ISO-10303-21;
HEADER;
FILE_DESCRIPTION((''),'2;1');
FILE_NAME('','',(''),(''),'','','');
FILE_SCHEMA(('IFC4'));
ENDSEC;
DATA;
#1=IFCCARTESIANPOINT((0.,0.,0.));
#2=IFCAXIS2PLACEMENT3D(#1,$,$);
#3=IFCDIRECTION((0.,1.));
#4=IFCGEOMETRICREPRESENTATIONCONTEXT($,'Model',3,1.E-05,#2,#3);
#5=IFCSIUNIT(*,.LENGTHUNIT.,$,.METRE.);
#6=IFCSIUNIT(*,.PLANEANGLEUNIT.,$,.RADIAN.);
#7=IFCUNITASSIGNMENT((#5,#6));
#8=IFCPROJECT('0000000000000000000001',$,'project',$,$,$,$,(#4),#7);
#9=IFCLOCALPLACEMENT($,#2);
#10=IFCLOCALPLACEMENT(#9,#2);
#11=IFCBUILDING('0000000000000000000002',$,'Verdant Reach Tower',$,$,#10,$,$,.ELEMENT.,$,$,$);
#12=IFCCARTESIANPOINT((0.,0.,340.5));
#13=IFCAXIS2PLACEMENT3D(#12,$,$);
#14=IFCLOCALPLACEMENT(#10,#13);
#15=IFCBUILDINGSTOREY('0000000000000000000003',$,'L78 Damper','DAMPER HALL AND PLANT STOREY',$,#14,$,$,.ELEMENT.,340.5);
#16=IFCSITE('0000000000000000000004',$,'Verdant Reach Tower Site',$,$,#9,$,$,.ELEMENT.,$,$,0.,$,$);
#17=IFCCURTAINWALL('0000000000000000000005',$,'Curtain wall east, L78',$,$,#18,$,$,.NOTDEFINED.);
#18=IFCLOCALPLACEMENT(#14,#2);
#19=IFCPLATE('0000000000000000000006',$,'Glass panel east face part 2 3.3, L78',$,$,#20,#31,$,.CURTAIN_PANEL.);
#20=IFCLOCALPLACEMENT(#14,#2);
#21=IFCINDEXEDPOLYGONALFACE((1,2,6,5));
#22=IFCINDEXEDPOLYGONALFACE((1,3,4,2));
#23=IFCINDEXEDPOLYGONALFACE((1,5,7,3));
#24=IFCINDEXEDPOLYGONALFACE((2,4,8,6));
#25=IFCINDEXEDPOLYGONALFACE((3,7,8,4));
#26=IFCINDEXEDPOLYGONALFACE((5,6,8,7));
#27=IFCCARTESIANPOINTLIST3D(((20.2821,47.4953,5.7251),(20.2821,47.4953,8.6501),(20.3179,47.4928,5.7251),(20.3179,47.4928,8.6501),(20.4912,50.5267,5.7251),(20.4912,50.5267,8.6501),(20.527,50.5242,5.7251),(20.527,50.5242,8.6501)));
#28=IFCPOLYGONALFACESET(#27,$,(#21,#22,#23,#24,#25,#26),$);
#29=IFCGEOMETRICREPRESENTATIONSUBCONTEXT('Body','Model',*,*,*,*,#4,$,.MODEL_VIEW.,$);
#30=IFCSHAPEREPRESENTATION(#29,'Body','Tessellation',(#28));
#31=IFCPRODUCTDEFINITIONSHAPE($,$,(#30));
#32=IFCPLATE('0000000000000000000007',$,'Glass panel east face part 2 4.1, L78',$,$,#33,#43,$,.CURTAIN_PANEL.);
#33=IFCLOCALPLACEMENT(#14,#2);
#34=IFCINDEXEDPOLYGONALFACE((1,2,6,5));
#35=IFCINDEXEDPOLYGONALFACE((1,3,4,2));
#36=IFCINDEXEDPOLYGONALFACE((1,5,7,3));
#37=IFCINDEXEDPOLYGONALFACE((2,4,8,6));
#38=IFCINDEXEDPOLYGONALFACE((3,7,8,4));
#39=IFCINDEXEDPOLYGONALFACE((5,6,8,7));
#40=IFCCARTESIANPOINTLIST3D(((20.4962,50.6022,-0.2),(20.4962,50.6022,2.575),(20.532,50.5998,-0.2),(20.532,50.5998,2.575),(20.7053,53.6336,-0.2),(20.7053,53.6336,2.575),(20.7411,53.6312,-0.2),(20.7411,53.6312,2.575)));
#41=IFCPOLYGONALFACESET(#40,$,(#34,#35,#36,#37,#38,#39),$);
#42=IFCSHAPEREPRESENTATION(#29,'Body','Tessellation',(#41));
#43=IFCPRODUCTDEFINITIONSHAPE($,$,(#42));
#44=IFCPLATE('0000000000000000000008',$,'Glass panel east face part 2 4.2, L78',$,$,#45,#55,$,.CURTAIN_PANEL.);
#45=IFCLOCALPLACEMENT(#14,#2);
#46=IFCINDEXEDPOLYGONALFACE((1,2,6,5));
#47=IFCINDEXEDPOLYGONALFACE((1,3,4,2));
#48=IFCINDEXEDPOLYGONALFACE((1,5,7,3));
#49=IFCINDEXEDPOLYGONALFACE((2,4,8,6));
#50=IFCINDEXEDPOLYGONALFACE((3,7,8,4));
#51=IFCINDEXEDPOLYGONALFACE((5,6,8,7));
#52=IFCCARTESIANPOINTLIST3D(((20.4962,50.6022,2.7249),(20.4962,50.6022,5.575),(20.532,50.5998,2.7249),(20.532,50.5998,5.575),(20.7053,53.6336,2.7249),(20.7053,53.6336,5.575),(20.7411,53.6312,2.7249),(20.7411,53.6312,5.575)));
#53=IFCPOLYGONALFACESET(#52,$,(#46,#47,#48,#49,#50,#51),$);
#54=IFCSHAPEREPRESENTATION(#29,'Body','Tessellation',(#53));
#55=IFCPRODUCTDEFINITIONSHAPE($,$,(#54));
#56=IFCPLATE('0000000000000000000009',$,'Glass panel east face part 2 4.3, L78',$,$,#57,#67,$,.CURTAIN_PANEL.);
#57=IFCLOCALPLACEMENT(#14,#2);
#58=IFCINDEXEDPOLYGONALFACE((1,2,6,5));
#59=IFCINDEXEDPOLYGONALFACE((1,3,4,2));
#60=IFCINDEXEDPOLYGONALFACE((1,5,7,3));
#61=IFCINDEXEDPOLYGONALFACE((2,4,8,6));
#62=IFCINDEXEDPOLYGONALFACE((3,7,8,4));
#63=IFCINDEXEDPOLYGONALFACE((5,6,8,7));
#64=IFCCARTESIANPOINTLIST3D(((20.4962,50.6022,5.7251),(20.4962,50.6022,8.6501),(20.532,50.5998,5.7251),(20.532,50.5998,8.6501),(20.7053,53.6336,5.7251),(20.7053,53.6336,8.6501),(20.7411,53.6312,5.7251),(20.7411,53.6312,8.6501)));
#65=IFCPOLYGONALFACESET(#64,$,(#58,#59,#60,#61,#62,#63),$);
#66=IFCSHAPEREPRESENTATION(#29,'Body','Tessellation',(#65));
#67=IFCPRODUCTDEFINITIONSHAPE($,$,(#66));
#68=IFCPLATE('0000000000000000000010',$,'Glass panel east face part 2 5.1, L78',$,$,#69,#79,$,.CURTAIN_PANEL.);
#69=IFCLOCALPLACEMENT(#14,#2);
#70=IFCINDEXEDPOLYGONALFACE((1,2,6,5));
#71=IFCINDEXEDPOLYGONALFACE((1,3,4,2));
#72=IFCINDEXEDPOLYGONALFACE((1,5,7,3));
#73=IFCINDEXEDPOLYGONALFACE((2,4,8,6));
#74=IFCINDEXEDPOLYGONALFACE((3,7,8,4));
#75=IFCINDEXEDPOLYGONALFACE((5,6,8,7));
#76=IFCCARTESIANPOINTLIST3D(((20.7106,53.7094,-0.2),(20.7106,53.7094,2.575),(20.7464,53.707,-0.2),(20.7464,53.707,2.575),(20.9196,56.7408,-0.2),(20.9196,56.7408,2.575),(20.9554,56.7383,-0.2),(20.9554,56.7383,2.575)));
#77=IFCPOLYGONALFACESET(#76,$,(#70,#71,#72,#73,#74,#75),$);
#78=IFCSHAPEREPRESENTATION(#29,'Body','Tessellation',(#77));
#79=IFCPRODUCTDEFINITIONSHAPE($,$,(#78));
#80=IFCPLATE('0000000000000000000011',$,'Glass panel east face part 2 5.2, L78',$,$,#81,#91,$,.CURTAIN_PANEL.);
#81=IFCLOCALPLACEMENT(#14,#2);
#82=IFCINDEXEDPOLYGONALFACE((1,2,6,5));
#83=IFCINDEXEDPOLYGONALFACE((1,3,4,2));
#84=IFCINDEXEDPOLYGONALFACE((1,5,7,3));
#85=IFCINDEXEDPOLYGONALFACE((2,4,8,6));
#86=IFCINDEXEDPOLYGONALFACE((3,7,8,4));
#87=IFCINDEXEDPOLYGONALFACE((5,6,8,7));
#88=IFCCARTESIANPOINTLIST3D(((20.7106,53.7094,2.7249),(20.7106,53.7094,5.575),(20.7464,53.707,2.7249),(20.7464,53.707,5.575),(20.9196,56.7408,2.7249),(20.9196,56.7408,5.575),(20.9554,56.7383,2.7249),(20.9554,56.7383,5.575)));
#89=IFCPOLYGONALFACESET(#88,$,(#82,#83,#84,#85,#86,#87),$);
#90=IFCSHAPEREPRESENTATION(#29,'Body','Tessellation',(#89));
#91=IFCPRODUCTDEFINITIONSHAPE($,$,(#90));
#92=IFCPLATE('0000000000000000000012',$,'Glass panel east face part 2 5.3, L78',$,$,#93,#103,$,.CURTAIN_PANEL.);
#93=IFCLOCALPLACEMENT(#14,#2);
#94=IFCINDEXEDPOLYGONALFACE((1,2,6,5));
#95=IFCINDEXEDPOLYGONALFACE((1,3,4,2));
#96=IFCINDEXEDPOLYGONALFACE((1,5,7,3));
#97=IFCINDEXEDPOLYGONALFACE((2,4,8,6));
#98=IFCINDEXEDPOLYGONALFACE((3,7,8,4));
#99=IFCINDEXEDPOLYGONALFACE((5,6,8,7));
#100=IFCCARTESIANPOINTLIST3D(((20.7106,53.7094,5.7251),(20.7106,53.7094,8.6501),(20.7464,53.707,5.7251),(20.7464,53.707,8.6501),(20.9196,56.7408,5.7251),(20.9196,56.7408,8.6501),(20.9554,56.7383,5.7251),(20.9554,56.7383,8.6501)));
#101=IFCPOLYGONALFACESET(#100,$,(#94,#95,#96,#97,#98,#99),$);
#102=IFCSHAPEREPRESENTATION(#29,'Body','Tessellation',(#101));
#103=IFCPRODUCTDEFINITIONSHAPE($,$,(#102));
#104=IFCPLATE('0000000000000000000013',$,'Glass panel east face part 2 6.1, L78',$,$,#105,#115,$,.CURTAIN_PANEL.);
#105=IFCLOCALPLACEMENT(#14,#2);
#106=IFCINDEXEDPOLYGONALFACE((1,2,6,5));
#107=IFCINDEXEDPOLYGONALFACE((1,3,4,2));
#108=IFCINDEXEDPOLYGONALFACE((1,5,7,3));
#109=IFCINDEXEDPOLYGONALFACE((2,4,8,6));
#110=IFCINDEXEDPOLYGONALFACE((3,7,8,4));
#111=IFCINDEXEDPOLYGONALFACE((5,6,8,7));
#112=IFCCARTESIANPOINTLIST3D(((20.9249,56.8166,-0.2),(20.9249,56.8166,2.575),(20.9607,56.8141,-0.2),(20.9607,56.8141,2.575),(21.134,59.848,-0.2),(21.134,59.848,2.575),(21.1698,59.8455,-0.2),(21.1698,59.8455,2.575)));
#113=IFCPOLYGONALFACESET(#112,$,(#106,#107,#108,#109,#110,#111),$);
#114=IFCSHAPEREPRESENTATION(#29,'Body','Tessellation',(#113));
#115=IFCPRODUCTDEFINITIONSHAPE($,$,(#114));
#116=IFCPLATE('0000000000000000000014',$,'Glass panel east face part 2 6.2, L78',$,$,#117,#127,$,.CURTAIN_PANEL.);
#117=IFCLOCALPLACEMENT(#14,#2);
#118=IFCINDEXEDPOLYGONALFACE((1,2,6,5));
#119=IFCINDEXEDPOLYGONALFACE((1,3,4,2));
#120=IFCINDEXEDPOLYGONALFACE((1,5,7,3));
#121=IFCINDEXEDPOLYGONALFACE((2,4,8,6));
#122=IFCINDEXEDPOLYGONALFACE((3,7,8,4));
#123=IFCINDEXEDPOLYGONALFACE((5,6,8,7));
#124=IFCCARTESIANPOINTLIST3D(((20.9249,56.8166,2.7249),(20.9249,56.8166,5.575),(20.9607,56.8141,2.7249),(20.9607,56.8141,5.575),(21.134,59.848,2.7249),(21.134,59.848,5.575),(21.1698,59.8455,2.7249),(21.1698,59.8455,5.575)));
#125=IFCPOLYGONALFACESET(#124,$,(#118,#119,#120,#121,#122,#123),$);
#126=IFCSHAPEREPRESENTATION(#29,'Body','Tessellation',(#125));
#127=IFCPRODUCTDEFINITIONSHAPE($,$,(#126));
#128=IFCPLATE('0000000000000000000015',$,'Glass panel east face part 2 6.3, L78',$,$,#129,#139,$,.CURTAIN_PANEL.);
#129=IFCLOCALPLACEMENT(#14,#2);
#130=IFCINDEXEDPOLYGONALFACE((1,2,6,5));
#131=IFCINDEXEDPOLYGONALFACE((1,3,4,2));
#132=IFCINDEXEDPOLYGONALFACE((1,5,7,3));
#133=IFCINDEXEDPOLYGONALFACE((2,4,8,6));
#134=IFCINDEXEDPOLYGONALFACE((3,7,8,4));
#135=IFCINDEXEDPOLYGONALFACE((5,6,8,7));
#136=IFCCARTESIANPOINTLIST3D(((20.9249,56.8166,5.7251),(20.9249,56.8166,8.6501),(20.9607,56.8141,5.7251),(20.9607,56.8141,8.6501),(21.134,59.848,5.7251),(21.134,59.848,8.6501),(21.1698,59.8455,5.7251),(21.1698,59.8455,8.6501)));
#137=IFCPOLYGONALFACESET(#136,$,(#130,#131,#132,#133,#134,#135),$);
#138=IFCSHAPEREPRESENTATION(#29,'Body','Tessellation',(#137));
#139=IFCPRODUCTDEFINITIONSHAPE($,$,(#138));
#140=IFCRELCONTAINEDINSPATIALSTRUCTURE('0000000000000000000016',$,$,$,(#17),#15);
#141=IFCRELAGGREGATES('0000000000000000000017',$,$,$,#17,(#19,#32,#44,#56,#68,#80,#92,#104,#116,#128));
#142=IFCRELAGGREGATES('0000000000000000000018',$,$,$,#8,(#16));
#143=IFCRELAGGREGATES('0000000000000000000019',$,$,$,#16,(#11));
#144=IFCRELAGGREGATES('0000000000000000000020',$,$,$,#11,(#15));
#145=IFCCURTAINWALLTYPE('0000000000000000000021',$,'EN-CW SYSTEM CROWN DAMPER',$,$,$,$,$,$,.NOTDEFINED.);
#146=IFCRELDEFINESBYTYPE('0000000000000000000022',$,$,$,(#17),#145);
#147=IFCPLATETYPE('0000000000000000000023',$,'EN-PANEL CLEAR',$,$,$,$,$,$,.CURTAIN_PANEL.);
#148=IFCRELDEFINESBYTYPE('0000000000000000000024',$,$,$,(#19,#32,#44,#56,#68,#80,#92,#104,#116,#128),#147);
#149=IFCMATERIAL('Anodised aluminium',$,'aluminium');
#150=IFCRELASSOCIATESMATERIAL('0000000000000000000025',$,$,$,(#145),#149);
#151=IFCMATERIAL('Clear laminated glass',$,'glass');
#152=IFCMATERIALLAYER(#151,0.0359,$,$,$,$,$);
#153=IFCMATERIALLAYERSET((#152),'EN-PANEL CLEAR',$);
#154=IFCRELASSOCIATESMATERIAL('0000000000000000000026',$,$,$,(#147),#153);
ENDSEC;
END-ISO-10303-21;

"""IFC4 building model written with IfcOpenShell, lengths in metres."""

from ifc_helpers import new_model, si_unit, direction, frame, origin, origin_2d, place, context, subcontext, project, spatial, rectangle, extrude, material, layer, layer_set, type_object, element, aggregate, save


model = new_model("IFC4")

# Units and contexts
model_context = context("Model", 3, precision=1e-05, world=origin(), true_north=direction((0.0, 1.0)))
body_context = subcontext(model_context, "Body", "Model", "MODEL_VIEW")
ifc_project = project(units=[si_unit("LENGTHUNIT", "METRE"), si_unit("PLANEANGLEUNIT", "RADIAN")], contexts=[model_context])

# Site, building, storey
site_placement = place(None, origin())
site = spatial("IfcSite", under=ifc_project, at=site_placement, Name="Verdant Reach Tower Site", CompositionType="ELEMENT", RefElevation=0.0)
building_placement = place(site_placement, origin())
building = spatial("IfcBuilding", under=site, at=building_placement, Name="Verdant Reach Tower", CompositionType="ELEMENT")
storey_placement = place(building_placement, frame((0.0, 0.0, 340.5)))
storey = spatial("IfcBuildingStorey", under=building, at=storey_placement, Name="L78 Damper", Description="DAMPER HALL AND PLANT STOREY", CompositionType="ELEMENT", Elevation=340.5)

# Curtain wall
ifc_material_1 = material(Name="Anodised aluminium", Category="aluminium")
curtain_wall_type = type_object("IfcCurtainWallType", Name="EN-CW SYSTEM CROWN DAMPER", PredefinedType="NOTDEFINED", material=ifc_material_1)
curtain_wall_placement = place(storey_placement, origin())
curtain_wall = element("IfcCurtainWall", 1, at=curtain_wall_placement, inside=storey, type_object=curtain_wall_type, Name="Curtain wall east, L78", PredefinedType="NOTDEFINED")

# Plates
ifc_material_2 = material(Name="Clear laminated glass", Category="glass")
ifc_layer = layer(ifc_material_2, 0.0359)
ifc_layer_set = layer_set([ifc_layer], Name="EN-PANEL CLEAR")
plate_type = type_object("IfcPlateType", Name="EN-PANEL CLEAR", PredefinedType="CURTAIN_PANEL", material=ifc_layer_set)
plate_1_placement = place(storey_placement, frame((20.4045, 49.0098, 5.7251), z_axis=(0.0, 0.0, 1.0), x_axis=(0.068802, 0.99763, 0.0)))
plate_1 = element("IfcPlate", 2, at=plate_1_placement, type_object=plate_type, Name="Glass panel east face part 2 3.3, L78", PredefinedType="CURTAIN_PANEL", context=body_context, shape_type="SweptSolid", body=[
    extrude(rectangle(XDim=3.0386, YDim=0.0359, at=origin_2d()), origin(), (0.0, 0.0, 1.0), 2.925),
])
plate_2_placement = place(storey_placement, frame((20.6187, 52.1167, -0.2), z_axis=(0.0, 0.0, 1.0), x_axis=(0.068802, 0.99763, 0.0)))
plate_2 = element("IfcPlate", 3, at=plate_2_placement, type_object=plate_type, Name="Glass panel east face part 2 4.1, L78", PredefinedType="CURTAIN_PANEL", context=body_context, shape_type="SweptSolid", body=[
    extrude(rectangle(XDim=3.0386, YDim=0.0359, at=origin_2d()), origin(), (0.0, 0.0, 1.0), 2.7749),
])
plate_3_placement = place(storey_placement, frame((20.6187, 52.1167, 2.7249), z_axis=(0.0, 0.0, 1.0), x_axis=(0.068802, 0.99763, 0.0)))
plate_3 = element("IfcPlate", 4, at=plate_3_placement, type_object=plate_type, Name="Glass panel east face part 2 4.2, L78", PredefinedType="CURTAIN_PANEL", context=body_context, shape_type="SweptSolid", body=[
    extrude(rectangle(XDim=3.0386, YDim=0.0359, at=origin_2d()), origin(), (0.0, 0.0, 1.0), 2.8501),
])
plate_4_placement = place(storey_placement, frame((20.6187, 52.1167, 5.7251), z_axis=(0.0, 0.0, 1.0), x_axis=(0.068802, 0.99763, 0.0)))
plate_4 = element("IfcPlate", 5, at=plate_4_placement, type_object=plate_type, Name="Glass panel east face part 2 4.3, L78", PredefinedType="CURTAIN_PANEL", context=body_context, shape_type="SweptSolid", body=[
    extrude(rectangle(XDim=3.0386, YDim=0.0359, at=origin_2d()), origin(), (0.0, 0.0, 1.0), 2.925),
])
plate_5_placement = place(storey_placement, frame((20.833, 55.2239, -0.2), z_axis=(0.0, 0.0, 1.0), x_axis=(0.068802, 0.99763, 0.0)))
plate_5 = element("IfcPlate", 6, at=plate_5_placement, type_object=plate_type, Name="Glass panel east face part 2 5.1, L78", PredefinedType="CURTAIN_PANEL", context=body_context, shape_type="SweptSolid", body=[
    extrude(rectangle(XDim=3.0386, YDim=0.0359, at=origin_2d()), origin(), (0.0, 0.0, 1.0), 2.7749),
])
plate_6_placement = place(storey_placement, frame((20.833, 55.2239, 2.7249), z_axis=(0.0, 0.0, 1.0), x_axis=(0.068802, 0.99763, 0.0)))
plate_6 = element("IfcPlate", 7, at=plate_6_placement, type_object=plate_type, Name="Glass panel east face part 2 5.2, L78", PredefinedType="CURTAIN_PANEL", context=body_context, shape_type="SweptSolid", body=[
    extrude(rectangle(XDim=3.0386, YDim=0.0359, at=origin_2d()), origin(), (0.0, 0.0, 1.0), 2.8501),
])
plate_7_placement = place(storey_placement, frame((20.833, 55.2239, 5.7251), z_axis=(0.0, 0.0, 1.0), x_axis=(0.068802, 0.99763, 0.0)))
plate_7 = element("IfcPlate", 8, at=plate_7_placement, type_object=plate_type, Name="Glass panel east face part 2 5.3, L78", PredefinedType="CURTAIN_PANEL", context=body_context, shape_type="SweptSolid", body=[
    extrude(rectangle(XDim=3.0386, YDim=0.0359, at=origin_2d()), origin(), (0.0, 0.0, 1.0), 2.925),
])
plate_8_placement = place(storey_placement, frame((21.0474, 58.3311, -0.2), z_axis=(0.0, 0.0, 1.0), x_axis=(0.068802, 0.99763, 0.0)))
plate_8 = element("IfcPlate", 9, at=plate_8_placement, type_object=plate_type, Name="Glass panel east face part 2 6.1, L78", PredefinedType="CURTAIN_PANEL", context=body_context, shape_type="SweptSolid", body=[
    extrude(rectangle(XDim=3.0386, YDim=0.0359, at=origin_2d()), origin(), (0.0, 0.0, 1.0), 2.7749),
])
plate_9_placement = place(storey_placement, frame((21.0474, 58.3311, 2.7249), z_axis=(0.0, 0.0, 1.0), x_axis=(0.068802, 0.99763, 0.0)))
plate_9 = element("IfcPlate", 10, at=plate_9_placement, type_object=plate_type, Name="Glass panel east face part 2 6.2, L78", PredefinedType="CURTAIN_PANEL", context=body_context, shape_type="SweptSolid", body=[
    extrude(rectangle(XDim=3.0386, YDim=0.0359, at=origin_2d()), origin(), (0.0, 0.0, 1.0), 2.8501),
])
plate_10_placement = place(storey_placement, frame((21.0474, 58.3311, 5.7251), z_axis=(0.0, 0.0, 1.0), x_axis=(0.068802, 0.99763, 0.0)))
plate_10 = element("IfcPlate", 11, at=plate_10_placement, type_object=plate_type, Name="Glass panel east face part 2 6.3, L78", PredefinedType="CURTAIN_PANEL", context=body_context, shape_type="SweptSolid", body=[
    extrude(rectangle(XDim=3.0386, YDim=0.0359, at=origin_2d()), origin(), (0.0, 0.0, 1.0), 2.925),
])
aggregate(curtain_wall, [plate_1, plate_2, plate_3, plate_4, plate_5, plate_6, plate_7, plate_8, plate_9, plate_10])

save(model, "model.ifc")
